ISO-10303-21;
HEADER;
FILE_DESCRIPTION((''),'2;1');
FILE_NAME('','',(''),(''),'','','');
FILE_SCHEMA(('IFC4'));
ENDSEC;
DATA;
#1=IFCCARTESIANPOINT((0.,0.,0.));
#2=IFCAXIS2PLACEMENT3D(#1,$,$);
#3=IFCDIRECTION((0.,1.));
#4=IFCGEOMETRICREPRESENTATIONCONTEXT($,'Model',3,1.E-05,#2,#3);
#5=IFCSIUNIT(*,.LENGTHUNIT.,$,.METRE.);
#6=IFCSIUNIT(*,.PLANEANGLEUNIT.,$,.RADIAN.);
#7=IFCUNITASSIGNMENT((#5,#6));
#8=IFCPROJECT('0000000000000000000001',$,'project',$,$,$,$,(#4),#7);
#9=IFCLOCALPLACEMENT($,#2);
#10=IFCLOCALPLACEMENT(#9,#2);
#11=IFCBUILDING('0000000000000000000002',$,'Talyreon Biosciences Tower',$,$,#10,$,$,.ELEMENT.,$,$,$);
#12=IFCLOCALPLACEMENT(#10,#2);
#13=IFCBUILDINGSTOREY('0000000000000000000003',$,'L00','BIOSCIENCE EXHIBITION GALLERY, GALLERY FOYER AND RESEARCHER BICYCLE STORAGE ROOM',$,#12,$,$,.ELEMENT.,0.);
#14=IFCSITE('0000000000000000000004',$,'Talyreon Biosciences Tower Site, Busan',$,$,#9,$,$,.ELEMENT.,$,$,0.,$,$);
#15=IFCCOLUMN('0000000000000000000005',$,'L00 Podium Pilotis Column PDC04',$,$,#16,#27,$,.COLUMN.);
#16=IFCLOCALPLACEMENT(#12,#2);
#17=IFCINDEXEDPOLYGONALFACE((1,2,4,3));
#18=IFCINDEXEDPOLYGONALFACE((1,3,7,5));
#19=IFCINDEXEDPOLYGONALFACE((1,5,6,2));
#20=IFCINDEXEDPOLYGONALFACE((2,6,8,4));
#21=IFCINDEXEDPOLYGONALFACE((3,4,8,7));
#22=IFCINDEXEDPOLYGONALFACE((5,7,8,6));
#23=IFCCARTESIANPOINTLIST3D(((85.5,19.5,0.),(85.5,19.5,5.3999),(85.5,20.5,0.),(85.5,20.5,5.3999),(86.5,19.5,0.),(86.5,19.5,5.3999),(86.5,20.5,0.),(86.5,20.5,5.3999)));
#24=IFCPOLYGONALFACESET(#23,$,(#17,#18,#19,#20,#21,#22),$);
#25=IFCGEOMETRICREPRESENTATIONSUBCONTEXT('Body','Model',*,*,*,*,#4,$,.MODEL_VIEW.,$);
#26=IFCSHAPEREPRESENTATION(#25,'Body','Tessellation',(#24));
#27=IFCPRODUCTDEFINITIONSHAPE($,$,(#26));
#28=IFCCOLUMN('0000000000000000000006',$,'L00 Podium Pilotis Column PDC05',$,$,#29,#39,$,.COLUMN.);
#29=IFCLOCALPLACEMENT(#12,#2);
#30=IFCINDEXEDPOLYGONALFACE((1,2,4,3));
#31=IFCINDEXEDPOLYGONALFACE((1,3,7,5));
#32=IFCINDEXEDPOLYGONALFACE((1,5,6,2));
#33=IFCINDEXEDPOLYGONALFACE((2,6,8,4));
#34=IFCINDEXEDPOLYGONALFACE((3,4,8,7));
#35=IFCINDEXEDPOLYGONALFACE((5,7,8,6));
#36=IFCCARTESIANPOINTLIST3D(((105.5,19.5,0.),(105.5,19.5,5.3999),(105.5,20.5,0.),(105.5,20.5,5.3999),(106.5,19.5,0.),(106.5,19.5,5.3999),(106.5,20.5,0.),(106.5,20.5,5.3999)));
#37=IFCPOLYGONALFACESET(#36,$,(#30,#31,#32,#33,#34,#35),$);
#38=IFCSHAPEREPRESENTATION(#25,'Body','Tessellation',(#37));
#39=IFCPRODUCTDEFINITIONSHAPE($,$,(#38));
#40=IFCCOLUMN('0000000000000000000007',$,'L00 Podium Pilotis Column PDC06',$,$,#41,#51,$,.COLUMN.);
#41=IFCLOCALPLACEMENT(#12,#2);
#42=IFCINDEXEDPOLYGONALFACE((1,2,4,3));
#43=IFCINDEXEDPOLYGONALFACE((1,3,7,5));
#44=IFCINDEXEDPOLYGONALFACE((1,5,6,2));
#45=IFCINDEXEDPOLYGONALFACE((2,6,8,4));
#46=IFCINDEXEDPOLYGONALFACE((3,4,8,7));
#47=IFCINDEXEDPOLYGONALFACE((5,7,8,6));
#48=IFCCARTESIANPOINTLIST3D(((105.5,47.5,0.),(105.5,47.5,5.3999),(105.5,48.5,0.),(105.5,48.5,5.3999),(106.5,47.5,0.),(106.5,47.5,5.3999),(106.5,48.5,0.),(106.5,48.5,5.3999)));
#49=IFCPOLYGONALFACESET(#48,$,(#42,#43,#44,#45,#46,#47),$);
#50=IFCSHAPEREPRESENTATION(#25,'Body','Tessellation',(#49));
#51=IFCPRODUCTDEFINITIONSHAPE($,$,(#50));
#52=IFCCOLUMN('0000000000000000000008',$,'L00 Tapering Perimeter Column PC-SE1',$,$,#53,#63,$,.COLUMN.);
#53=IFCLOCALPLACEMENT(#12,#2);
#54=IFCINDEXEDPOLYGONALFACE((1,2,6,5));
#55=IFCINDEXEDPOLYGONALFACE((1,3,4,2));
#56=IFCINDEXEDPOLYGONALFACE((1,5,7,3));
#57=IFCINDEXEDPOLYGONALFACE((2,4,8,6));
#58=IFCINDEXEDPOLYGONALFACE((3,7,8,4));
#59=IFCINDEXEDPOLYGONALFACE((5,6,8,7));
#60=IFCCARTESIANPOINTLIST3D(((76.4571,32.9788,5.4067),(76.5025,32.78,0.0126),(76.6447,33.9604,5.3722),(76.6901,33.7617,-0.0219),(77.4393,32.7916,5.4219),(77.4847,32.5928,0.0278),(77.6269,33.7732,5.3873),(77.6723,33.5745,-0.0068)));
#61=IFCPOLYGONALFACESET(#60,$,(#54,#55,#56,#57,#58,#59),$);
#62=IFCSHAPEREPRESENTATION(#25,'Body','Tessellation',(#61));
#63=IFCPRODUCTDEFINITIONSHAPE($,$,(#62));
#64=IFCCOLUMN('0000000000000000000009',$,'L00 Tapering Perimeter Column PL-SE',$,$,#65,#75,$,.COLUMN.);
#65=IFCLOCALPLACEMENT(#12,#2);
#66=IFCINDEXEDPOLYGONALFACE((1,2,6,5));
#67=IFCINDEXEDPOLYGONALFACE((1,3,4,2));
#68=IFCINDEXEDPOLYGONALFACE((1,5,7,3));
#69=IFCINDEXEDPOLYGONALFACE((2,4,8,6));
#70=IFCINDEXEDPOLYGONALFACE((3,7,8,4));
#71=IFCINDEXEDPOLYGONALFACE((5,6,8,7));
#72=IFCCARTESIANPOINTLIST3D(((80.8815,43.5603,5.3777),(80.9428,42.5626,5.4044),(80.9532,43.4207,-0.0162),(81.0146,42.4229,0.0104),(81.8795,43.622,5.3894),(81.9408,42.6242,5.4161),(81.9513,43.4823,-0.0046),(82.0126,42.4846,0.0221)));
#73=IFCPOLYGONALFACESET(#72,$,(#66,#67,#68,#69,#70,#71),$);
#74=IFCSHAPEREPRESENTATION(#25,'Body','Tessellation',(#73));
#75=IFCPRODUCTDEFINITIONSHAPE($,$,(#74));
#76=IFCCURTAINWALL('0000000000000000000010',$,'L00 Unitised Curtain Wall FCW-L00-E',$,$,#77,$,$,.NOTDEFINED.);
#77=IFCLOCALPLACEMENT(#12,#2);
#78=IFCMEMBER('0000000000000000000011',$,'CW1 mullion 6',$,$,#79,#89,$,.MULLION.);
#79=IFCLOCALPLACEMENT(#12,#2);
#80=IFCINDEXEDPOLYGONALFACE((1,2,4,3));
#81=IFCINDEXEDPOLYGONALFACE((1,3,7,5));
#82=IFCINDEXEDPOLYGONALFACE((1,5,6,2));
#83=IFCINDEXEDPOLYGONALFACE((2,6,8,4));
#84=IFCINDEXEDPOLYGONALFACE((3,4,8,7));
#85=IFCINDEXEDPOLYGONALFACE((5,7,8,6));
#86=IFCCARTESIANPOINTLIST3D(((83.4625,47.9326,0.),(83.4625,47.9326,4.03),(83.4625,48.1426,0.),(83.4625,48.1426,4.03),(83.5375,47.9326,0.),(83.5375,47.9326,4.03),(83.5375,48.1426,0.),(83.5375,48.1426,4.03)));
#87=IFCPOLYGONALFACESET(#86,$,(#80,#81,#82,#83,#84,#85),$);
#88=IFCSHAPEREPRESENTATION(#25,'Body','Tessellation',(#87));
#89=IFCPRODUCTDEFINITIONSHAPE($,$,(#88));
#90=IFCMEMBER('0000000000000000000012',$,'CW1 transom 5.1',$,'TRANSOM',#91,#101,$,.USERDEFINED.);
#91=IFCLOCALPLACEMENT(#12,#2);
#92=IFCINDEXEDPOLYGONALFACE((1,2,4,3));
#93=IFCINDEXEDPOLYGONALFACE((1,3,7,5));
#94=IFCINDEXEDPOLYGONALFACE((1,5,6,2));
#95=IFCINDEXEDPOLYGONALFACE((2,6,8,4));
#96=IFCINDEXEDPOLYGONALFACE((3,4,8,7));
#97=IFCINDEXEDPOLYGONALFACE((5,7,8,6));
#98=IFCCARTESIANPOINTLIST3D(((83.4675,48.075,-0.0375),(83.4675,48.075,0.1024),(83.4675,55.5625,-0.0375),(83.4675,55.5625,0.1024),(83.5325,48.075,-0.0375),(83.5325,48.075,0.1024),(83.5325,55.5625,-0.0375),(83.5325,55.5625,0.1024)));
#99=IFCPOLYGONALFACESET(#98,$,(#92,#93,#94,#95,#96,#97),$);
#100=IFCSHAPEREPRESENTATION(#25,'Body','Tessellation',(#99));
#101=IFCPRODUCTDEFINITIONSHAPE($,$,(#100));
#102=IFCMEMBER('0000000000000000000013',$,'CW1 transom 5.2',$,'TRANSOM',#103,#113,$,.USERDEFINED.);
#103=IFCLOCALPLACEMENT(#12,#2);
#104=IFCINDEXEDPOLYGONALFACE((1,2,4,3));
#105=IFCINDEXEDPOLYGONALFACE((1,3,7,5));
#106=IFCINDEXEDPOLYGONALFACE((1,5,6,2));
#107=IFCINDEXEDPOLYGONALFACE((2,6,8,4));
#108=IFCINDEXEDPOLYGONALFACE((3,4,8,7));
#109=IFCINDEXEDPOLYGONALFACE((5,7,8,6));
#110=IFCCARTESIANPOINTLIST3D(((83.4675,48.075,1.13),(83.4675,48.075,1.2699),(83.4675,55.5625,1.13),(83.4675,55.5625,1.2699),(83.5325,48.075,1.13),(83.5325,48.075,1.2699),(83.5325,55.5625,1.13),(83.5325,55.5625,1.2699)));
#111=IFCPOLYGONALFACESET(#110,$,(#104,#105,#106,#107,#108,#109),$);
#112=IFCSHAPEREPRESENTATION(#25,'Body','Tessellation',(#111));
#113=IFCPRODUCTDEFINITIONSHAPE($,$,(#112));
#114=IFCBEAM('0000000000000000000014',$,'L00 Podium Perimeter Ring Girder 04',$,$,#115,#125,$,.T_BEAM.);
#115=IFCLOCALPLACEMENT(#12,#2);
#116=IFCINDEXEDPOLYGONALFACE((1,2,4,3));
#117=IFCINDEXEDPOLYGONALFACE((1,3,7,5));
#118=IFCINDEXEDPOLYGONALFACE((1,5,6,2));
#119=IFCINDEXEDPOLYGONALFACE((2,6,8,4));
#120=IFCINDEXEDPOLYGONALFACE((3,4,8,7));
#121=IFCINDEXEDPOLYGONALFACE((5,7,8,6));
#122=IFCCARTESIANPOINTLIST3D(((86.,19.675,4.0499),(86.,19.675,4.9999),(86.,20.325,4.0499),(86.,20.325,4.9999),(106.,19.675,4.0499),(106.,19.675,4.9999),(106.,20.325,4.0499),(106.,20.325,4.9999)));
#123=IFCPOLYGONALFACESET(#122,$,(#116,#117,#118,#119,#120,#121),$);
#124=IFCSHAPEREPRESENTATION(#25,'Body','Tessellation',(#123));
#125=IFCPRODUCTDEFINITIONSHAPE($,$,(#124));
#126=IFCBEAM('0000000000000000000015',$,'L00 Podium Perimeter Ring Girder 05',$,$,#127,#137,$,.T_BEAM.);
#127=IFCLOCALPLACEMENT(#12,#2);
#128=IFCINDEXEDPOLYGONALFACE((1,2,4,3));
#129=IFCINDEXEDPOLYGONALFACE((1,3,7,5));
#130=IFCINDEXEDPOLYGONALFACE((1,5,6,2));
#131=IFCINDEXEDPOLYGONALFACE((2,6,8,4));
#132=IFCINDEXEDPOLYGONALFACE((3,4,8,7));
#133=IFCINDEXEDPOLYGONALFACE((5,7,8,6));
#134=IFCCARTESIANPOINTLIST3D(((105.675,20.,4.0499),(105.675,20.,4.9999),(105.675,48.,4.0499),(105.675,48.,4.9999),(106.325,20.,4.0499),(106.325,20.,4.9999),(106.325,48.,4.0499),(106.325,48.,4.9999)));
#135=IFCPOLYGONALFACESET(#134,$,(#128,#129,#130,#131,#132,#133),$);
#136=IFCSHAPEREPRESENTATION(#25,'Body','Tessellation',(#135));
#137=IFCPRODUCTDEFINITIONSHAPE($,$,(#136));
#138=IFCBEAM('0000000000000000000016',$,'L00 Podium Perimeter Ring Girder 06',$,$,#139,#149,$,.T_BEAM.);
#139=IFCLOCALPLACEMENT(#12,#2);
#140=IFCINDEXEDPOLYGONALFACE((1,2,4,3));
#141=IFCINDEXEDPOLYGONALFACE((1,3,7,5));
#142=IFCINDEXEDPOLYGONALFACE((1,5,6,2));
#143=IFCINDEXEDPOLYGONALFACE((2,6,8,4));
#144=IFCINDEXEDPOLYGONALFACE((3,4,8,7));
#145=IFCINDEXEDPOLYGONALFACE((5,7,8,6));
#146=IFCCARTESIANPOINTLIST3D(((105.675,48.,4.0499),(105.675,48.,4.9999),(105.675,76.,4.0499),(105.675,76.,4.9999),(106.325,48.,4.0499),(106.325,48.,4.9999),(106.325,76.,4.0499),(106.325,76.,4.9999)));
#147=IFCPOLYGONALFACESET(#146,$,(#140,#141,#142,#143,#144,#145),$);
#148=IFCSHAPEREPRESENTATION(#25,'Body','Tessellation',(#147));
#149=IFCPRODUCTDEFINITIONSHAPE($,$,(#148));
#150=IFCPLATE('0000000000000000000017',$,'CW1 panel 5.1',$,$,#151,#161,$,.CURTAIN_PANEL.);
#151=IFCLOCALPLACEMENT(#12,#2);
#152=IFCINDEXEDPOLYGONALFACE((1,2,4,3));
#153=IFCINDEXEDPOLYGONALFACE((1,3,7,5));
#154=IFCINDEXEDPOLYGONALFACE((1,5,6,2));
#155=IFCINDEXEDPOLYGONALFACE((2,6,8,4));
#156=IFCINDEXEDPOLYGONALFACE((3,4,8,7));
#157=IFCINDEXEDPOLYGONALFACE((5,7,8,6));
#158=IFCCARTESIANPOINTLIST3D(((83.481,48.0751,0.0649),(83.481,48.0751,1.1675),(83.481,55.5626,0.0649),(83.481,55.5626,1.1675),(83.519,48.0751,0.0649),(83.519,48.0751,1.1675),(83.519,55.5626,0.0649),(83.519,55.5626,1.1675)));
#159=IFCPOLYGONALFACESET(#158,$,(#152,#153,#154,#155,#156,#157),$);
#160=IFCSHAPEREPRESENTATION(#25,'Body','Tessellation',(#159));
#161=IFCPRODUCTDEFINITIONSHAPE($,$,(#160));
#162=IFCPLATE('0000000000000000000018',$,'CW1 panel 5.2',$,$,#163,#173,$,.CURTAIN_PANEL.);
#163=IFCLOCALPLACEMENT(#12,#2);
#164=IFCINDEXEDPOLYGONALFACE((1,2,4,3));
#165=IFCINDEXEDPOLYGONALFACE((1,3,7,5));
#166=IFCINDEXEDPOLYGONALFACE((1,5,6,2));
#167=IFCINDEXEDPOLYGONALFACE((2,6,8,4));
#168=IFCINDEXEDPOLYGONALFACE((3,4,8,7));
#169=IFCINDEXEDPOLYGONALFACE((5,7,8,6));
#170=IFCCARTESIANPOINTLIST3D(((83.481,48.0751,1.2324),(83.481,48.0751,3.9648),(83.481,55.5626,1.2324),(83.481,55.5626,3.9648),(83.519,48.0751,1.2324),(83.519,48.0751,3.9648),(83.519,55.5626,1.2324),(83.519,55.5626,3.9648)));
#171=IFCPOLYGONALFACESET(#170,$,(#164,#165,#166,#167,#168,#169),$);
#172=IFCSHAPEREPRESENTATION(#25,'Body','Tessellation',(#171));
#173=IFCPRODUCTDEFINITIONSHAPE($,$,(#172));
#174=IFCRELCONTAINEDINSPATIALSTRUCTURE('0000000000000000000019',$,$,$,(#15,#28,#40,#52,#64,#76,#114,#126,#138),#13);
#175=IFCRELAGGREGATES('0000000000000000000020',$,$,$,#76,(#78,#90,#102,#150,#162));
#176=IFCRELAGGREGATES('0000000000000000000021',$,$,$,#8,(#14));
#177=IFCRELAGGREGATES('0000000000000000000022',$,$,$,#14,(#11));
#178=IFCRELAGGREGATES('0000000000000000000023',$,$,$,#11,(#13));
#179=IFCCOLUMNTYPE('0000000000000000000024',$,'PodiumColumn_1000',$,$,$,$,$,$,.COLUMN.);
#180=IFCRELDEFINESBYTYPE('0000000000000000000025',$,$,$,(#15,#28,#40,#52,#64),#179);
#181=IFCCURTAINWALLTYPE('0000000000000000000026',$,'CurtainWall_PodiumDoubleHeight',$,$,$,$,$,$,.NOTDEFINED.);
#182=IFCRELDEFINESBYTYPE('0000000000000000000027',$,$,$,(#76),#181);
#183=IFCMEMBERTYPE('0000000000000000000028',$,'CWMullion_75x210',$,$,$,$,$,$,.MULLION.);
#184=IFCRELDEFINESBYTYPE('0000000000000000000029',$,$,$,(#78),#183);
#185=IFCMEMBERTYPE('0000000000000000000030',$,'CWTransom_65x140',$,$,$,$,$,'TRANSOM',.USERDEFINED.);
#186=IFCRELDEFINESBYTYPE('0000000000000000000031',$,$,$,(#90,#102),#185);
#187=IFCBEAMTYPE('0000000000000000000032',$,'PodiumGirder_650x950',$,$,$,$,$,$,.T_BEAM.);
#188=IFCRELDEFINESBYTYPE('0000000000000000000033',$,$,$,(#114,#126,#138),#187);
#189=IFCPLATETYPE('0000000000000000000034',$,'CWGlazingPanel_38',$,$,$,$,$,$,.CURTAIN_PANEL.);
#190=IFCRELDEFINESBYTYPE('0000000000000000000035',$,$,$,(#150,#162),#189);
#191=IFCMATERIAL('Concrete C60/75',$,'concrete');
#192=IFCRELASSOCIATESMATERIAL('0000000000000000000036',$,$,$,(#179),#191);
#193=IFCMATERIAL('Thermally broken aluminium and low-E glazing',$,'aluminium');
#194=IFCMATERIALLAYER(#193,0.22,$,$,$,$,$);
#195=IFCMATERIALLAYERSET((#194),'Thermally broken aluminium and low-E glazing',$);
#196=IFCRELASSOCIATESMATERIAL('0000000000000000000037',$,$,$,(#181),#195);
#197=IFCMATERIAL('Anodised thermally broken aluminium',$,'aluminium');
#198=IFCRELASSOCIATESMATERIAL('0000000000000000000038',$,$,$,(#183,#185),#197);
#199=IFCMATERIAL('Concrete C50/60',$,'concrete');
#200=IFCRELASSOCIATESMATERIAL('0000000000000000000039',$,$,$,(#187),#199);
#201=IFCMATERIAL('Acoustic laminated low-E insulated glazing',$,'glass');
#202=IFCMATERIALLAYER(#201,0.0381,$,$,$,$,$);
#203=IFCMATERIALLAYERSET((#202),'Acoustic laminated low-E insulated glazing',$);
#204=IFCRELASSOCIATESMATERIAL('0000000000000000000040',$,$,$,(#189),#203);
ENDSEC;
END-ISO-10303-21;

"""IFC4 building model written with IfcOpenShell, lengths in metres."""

from ifc_helpers import new_model, si_unit, direction, frame, origin, origin_2d, place, context, subcontext, project, spatial, rectangle, extrude, material, layer, layer_set, material_profile, profile_set, type_object, element, aggregate, save


model = new_model("IFC4")

# Units and contexts
model_context = context("Model", 3, precision=1e-05, world=origin(), true_north=direction((0.0, 1.0)))
body_context = subcontext(model_context, "Body", "Model", "MODEL_VIEW")
ifc_project = project(units=[si_unit("LENGTHUNIT", "METRE"), si_unit("PLANEANGLEUNIT", "RADIAN")], contexts=[model_context])

# Site, building, storey
site_placement = place(None, origin())
site = spatial("IfcSite", under=ifc_project, at=site_placement, Name="Talyreon Biosciences Tower Site, Busan", CompositionType="ELEMENT", RefElevation=0.0)
building_placement = place(site_placement, origin())
building = spatial("IfcBuilding", under=site, at=building_placement, Name="Talyreon Biosciences Tower", CompositionType="ELEMENT")
storey_placement = place(building_placement, origin())
storey = spatial("IfcBuildingStorey", under=building, at=storey_placement, Name="L00", Description="BIOSCIENCE EXHIBITION GALLERY, GALLERY FOYER AND RESEARCHER BICYCLE STORAGE ROOM", CompositionType="ELEMENT", Elevation=0.0)

# Columns
ifc_material_1 = material(Name="Concrete C60/75", Category="concrete")
ifc_material_profile_1 = material_profile(ifc_material_1, rectangle(XDim=1.0, YDim=1.0, at=origin_2d()), Name="RC 1000x1000")
ifc_profile_set_1 = profile_set([ifc_material_profile_1], Name="Concrete C60/75")
column_type = type_object("IfcColumnType", Name="PodiumColumn_1000", PredefinedType="COLUMN", material=ifc_profile_set_1)
for number, where, z_axis, x_axis, name in (
    (1, (86.0, 20.0, 0.0), (0.0, 0.0, 1.0), (1.0, 0.0, 0.0), "L00 Podium Pilotis Column PDC04"),
    (2, (106.0, 20.0, 0.0), (0.0, 0.0, 1.0), (1.0, 0.0, 0.0), "L00 Podium Pilotis Column PDC05"),
    (3, (106.0, 48.0, 0.0), (0.0, 0.0, 1.0), (1.0, 0.0, 0.0), "L00 Podium Pilotis Column PDC06"),
):
    element("IfcColumn", number, at=place(storey_placement, frame(where, z_axis=z_axis, x_axis=x_axis)), inside=storey, type_object=column_type, Name=name, PredefinedType="COLUMN", context=body_context, shape_type="SweptSolid", body=[
        extrude(rectangle(XDim=1.0, YDim=1.0, at=origin_2d()), origin(), (0.0, 0.0, 1.0), 5.3999),
    ])
column_1_placement = place(storey_placement, frame((77.0874, 33.1772, 0.0029), z_axis=(-0.008413, 0.036816, 0.999287), x_axis=(-0.187627, -0.981631, 0.034586)))
element("IfcColumn", 4, at=column_1_placement, inside=storey, type_object=column_type, Name="L00 Tapering Perimeter Column PC-SE1", PredefinedType="COLUMN", context=body_context, shape_type="SweptSolid", body=[
    extrude(rectangle(XDim=1.0, YDim=1.0, at=origin_2d()), origin(), (0.0, 0.0, 1.0), 5.3979),
])
column_2_placement = place(storey_placement, frame((81.4829, 42.9526, 0.0029), z_axis=(-0.013301, 0.025878, 0.999577), x_axis=(0.061316, -0.997763, 0.026647)))
element("IfcColumn", 5, at=column_2_placement, inside=storey, type_object=column_type, Name="L00 Tapering Perimeter Column PL-SE", PredefinedType="COLUMN", context=body_context, shape_type="SweptSolid", body=[
    extrude(rectangle(XDim=1.0, YDim=1.0, at=origin_2d()), origin(), (0.0, 0.0, 1.0), 5.3962),
])

# Curtain wall, members
ifc_material_2 = material(Name="Thermally broken aluminium and low-E glazing", Category="aluminium")
ifc_layer_1 = layer(ifc_material_2, 0.22)
ifc_layer_set_1 = layer_set([ifc_layer_1], Name="Thermally broken aluminium and low-E glazing")
curtain_wall_type = type_object("IfcCurtainWallType", Name="CurtainWall_PodiumDoubleHeight", PredefinedType="NOTDEFINED", material=ifc_layer_set_1)
curtain_wall_placement = place(storey_placement, origin())
curtain_wall = element("IfcCurtainWall", 6, at=curtain_wall_placement, inside=storey, type_object=curtain_wall_type, Name="L00 Unitised Curtain Wall FCW-L00-E", PredefinedType="NOTDEFINED")
ifc_material_3 = material(Name="Anodised thermally broken aluminium", Category="aluminium")
ifc_material_profile_2 = material_profile(ifc_material_3, rectangle(XDim=0.075, YDim=0.21, at=origin_2d()), Name="ALUM MULLION 75x210")
ifc_profile_set_2 = profile_set([ifc_material_profile_2], Name="Anodised thermally broken aluminium")
member_type_1 = type_object("IfcMemberType", Name="CWMullion_75x210", PredefinedType="MULLION", material=ifc_profile_set_2)
member_1_placement = place(storey_placement, frame((83.5, 48.0376, 0.0), z_axis=(0.0, 0.0, 1.0), x_axis=(1.0, 0.0, 0.0)))
member_1 = element("IfcMember", 7, at=member_1_placement, type_object=member_type_1, Name="CW1 mullion 6", PredefinedType="MULLION", context=body_context, shape_type="SweptSolid", body=[
    extrude(rectangle(XDim=0.075, YDim=0.21, at=origin_2d()), origin(), (0.0, 0.0, 1.0), 4.03),
])
ifc_material_profile_3 = material_profile(ifc_material_3, rectangle(XDim=0.0649, YDim=0.1399, at=origin_2d()), Name="ALUM TRANSOM 65x140")
ifc_profile_set_3 = profile_set([ifc_material_profile_3], Name="Anodised thermally broken aluminium")
member_type_2 = type_object("IfcMemberType", Name="CWTransom_65x140", ElementType="TRANSOM", PredefinedType="USERDEFINED", material=ifc_profile_set_3)
member_2_placement = place(storey_placement, frame((83.5, 55.5625, 0.0325), z_axis=(0.0, -1.0, 0.0), x_axis=(1.0, 0.0, 0.0)))
member_2 = element("IfcMember", 8, at=member_2_placement, type_object=member_type_2, Name="CW1 transom 5.1", ObjectType="TRANSOM", PredefinedType="USERDEFINED", context=body_context, shape_type="SweptSolid", body=[
    extrude(rectangle(XDim=0.0649, YDim=0.1399, at=origin_2d()), origin(), (0.0, 0.0, 1.0), 7.4875),
])
member_3_placement = place(storey_placement, frame((83.5, 55.5625, 1.2), z_axis=(0.0, -1.0, 0.0), x_axis=(1.0, 0.0, 0.0)))
member_3 = element("IfcMember", 9, at=member_3_placement, type_object=member_type_2, Name="CW1 transom 5.2", ObjectType="TRANSOM", PredefinedType="USERDEFINED", context=body_context, shape_type="SweptSolid", body=[
    extrude(rectangle(XDim=0.0649, YDim=0.1399, at=origin_2d()), origin(), (0.0, 0.0, 1.0), 7.4875),
])

# Beams
ifc_material_4 = material(Name="Concrete C50/60", Category="concrete")
ifc_material_profile_4 = material_profile(ifc_material_4, rectangle(XDim=0.6499, YDim=0.95, at=origin_2d()), Name="RCB 650x950")
ifc_profile_set_4 = profile_set([ifc_material_profile_4], Name="Concrete C50/60")
beam_type = type_object("IfcBeamType", Name="PodiumGirder_650x950", PredefinedType="T_BEAM", material=ifc_profile_set_4)
beam_placement = place(storey_placement, frame((86.0, 20.0, 4.5249), z_axis=(1.0, 0.0, 0.0), x_axis=(0.0, 1.0, 0.0)))
element("IfcBeam", 10, at=beam_placement, inside=storey, type_object=beam_type, Name="L00 Podium Perimeter Ring Girder 04", PredefinedType="T_BEAM", context=body_context, shape_type="SweptSolid", body=[
    extrude(rectangle(XDim=0.6499, YDim=0.95, at=origin_2d()), origin(), (0.0, 0.0, 1.0), 20.0),
])
for number, where, z_axis, x_axis, name in (
    (11, (106.0, 20.0, 4.5249), (0.0, 1.0, 0.0), (-1.0, 0.0, 0.0), "L00 Podium Perimeter Ring Girder 05"),
    (12, (106.0, 48.0, 4.5249), (0.0, 1.0, 0.0), (-1.0, 0.0, 0.0), "L00 Podium Perimeter Ring Girder 06"),
):
    element("IfcBeam", number, at=place(storey_placement, frame(where, z_axis=z_axis, x_axis=x_axis)), inside=storey, type_object=beam_type, Name=name, PredefinedType="T_BEAM", context=body_context, shape_type="SweptSolid", body=[
        extrude(rectangle(XDim=0.6499, YDim=0.95, at=origin_2d()), origin(), (0.0, 0.0, 1.0), 28.0),
    ])

# Plates
ifc_material_5 = material(Name="Acoustic laminated low-E insulated glazing", Category="glass")
ifc_layer_2 = layer(ifc_material_5, 0.0381)
ifc_layer_set_2 = layer_set([ifc_layer_2], Name="Acoustic laminated low-E insulated glazing")
plate_type = type_object("IfcPlateType", Name="CWGlazingPanel_38", PredefinedType="CURTAIN_PANEL", material=ifc_layer_set_2)
plate_1_placement = place(storey_placement, frame((83.5, 51.8188, 0.0649), z_axis=(0.0, 0.0, 1.0), x_axis=(0.0, -1.0, 0.0)))
plate_1 = element("IfcPlate", 13, at=plate_1_placement, type_object=plate_type, Name="CW1 panel 5.1", PredefinedType="CURTAIN_PANEL", context=body_context, shape_type="SweptSolid", body=[
    extrude(rectangle(XDim=7.4875, YDim=0.0381, at=origin_2d()), origin(), (0.0, 0.0, 1.0), 1.1025),
])
plate_2_placement = place(storey_placement, frame((83.5, 51.8188, 1.2324), z_axis=(0.0, 0.0, 1.0), x_axis=(0.0, -1.0, 0.0)))
plate_2 = element("IfcPlate", 14, at=plate_2_placement, type_object=plate_type, Name="CW1 panel 5.2", PredefinedType="CURTAIN_PANEL", context=body_context, shape_type="SweptSolid", body=[
    extrude(rectangle(XDim=7.4875, YDim=0.0381, at=origin_2d()), origin(), (0.0, 0.0, 1.0), 2.7324),
])
aggregate(curtain_wall, [member_1, member_2, member_3, plate_1, plate_2])

save(model, "model.ifc")
